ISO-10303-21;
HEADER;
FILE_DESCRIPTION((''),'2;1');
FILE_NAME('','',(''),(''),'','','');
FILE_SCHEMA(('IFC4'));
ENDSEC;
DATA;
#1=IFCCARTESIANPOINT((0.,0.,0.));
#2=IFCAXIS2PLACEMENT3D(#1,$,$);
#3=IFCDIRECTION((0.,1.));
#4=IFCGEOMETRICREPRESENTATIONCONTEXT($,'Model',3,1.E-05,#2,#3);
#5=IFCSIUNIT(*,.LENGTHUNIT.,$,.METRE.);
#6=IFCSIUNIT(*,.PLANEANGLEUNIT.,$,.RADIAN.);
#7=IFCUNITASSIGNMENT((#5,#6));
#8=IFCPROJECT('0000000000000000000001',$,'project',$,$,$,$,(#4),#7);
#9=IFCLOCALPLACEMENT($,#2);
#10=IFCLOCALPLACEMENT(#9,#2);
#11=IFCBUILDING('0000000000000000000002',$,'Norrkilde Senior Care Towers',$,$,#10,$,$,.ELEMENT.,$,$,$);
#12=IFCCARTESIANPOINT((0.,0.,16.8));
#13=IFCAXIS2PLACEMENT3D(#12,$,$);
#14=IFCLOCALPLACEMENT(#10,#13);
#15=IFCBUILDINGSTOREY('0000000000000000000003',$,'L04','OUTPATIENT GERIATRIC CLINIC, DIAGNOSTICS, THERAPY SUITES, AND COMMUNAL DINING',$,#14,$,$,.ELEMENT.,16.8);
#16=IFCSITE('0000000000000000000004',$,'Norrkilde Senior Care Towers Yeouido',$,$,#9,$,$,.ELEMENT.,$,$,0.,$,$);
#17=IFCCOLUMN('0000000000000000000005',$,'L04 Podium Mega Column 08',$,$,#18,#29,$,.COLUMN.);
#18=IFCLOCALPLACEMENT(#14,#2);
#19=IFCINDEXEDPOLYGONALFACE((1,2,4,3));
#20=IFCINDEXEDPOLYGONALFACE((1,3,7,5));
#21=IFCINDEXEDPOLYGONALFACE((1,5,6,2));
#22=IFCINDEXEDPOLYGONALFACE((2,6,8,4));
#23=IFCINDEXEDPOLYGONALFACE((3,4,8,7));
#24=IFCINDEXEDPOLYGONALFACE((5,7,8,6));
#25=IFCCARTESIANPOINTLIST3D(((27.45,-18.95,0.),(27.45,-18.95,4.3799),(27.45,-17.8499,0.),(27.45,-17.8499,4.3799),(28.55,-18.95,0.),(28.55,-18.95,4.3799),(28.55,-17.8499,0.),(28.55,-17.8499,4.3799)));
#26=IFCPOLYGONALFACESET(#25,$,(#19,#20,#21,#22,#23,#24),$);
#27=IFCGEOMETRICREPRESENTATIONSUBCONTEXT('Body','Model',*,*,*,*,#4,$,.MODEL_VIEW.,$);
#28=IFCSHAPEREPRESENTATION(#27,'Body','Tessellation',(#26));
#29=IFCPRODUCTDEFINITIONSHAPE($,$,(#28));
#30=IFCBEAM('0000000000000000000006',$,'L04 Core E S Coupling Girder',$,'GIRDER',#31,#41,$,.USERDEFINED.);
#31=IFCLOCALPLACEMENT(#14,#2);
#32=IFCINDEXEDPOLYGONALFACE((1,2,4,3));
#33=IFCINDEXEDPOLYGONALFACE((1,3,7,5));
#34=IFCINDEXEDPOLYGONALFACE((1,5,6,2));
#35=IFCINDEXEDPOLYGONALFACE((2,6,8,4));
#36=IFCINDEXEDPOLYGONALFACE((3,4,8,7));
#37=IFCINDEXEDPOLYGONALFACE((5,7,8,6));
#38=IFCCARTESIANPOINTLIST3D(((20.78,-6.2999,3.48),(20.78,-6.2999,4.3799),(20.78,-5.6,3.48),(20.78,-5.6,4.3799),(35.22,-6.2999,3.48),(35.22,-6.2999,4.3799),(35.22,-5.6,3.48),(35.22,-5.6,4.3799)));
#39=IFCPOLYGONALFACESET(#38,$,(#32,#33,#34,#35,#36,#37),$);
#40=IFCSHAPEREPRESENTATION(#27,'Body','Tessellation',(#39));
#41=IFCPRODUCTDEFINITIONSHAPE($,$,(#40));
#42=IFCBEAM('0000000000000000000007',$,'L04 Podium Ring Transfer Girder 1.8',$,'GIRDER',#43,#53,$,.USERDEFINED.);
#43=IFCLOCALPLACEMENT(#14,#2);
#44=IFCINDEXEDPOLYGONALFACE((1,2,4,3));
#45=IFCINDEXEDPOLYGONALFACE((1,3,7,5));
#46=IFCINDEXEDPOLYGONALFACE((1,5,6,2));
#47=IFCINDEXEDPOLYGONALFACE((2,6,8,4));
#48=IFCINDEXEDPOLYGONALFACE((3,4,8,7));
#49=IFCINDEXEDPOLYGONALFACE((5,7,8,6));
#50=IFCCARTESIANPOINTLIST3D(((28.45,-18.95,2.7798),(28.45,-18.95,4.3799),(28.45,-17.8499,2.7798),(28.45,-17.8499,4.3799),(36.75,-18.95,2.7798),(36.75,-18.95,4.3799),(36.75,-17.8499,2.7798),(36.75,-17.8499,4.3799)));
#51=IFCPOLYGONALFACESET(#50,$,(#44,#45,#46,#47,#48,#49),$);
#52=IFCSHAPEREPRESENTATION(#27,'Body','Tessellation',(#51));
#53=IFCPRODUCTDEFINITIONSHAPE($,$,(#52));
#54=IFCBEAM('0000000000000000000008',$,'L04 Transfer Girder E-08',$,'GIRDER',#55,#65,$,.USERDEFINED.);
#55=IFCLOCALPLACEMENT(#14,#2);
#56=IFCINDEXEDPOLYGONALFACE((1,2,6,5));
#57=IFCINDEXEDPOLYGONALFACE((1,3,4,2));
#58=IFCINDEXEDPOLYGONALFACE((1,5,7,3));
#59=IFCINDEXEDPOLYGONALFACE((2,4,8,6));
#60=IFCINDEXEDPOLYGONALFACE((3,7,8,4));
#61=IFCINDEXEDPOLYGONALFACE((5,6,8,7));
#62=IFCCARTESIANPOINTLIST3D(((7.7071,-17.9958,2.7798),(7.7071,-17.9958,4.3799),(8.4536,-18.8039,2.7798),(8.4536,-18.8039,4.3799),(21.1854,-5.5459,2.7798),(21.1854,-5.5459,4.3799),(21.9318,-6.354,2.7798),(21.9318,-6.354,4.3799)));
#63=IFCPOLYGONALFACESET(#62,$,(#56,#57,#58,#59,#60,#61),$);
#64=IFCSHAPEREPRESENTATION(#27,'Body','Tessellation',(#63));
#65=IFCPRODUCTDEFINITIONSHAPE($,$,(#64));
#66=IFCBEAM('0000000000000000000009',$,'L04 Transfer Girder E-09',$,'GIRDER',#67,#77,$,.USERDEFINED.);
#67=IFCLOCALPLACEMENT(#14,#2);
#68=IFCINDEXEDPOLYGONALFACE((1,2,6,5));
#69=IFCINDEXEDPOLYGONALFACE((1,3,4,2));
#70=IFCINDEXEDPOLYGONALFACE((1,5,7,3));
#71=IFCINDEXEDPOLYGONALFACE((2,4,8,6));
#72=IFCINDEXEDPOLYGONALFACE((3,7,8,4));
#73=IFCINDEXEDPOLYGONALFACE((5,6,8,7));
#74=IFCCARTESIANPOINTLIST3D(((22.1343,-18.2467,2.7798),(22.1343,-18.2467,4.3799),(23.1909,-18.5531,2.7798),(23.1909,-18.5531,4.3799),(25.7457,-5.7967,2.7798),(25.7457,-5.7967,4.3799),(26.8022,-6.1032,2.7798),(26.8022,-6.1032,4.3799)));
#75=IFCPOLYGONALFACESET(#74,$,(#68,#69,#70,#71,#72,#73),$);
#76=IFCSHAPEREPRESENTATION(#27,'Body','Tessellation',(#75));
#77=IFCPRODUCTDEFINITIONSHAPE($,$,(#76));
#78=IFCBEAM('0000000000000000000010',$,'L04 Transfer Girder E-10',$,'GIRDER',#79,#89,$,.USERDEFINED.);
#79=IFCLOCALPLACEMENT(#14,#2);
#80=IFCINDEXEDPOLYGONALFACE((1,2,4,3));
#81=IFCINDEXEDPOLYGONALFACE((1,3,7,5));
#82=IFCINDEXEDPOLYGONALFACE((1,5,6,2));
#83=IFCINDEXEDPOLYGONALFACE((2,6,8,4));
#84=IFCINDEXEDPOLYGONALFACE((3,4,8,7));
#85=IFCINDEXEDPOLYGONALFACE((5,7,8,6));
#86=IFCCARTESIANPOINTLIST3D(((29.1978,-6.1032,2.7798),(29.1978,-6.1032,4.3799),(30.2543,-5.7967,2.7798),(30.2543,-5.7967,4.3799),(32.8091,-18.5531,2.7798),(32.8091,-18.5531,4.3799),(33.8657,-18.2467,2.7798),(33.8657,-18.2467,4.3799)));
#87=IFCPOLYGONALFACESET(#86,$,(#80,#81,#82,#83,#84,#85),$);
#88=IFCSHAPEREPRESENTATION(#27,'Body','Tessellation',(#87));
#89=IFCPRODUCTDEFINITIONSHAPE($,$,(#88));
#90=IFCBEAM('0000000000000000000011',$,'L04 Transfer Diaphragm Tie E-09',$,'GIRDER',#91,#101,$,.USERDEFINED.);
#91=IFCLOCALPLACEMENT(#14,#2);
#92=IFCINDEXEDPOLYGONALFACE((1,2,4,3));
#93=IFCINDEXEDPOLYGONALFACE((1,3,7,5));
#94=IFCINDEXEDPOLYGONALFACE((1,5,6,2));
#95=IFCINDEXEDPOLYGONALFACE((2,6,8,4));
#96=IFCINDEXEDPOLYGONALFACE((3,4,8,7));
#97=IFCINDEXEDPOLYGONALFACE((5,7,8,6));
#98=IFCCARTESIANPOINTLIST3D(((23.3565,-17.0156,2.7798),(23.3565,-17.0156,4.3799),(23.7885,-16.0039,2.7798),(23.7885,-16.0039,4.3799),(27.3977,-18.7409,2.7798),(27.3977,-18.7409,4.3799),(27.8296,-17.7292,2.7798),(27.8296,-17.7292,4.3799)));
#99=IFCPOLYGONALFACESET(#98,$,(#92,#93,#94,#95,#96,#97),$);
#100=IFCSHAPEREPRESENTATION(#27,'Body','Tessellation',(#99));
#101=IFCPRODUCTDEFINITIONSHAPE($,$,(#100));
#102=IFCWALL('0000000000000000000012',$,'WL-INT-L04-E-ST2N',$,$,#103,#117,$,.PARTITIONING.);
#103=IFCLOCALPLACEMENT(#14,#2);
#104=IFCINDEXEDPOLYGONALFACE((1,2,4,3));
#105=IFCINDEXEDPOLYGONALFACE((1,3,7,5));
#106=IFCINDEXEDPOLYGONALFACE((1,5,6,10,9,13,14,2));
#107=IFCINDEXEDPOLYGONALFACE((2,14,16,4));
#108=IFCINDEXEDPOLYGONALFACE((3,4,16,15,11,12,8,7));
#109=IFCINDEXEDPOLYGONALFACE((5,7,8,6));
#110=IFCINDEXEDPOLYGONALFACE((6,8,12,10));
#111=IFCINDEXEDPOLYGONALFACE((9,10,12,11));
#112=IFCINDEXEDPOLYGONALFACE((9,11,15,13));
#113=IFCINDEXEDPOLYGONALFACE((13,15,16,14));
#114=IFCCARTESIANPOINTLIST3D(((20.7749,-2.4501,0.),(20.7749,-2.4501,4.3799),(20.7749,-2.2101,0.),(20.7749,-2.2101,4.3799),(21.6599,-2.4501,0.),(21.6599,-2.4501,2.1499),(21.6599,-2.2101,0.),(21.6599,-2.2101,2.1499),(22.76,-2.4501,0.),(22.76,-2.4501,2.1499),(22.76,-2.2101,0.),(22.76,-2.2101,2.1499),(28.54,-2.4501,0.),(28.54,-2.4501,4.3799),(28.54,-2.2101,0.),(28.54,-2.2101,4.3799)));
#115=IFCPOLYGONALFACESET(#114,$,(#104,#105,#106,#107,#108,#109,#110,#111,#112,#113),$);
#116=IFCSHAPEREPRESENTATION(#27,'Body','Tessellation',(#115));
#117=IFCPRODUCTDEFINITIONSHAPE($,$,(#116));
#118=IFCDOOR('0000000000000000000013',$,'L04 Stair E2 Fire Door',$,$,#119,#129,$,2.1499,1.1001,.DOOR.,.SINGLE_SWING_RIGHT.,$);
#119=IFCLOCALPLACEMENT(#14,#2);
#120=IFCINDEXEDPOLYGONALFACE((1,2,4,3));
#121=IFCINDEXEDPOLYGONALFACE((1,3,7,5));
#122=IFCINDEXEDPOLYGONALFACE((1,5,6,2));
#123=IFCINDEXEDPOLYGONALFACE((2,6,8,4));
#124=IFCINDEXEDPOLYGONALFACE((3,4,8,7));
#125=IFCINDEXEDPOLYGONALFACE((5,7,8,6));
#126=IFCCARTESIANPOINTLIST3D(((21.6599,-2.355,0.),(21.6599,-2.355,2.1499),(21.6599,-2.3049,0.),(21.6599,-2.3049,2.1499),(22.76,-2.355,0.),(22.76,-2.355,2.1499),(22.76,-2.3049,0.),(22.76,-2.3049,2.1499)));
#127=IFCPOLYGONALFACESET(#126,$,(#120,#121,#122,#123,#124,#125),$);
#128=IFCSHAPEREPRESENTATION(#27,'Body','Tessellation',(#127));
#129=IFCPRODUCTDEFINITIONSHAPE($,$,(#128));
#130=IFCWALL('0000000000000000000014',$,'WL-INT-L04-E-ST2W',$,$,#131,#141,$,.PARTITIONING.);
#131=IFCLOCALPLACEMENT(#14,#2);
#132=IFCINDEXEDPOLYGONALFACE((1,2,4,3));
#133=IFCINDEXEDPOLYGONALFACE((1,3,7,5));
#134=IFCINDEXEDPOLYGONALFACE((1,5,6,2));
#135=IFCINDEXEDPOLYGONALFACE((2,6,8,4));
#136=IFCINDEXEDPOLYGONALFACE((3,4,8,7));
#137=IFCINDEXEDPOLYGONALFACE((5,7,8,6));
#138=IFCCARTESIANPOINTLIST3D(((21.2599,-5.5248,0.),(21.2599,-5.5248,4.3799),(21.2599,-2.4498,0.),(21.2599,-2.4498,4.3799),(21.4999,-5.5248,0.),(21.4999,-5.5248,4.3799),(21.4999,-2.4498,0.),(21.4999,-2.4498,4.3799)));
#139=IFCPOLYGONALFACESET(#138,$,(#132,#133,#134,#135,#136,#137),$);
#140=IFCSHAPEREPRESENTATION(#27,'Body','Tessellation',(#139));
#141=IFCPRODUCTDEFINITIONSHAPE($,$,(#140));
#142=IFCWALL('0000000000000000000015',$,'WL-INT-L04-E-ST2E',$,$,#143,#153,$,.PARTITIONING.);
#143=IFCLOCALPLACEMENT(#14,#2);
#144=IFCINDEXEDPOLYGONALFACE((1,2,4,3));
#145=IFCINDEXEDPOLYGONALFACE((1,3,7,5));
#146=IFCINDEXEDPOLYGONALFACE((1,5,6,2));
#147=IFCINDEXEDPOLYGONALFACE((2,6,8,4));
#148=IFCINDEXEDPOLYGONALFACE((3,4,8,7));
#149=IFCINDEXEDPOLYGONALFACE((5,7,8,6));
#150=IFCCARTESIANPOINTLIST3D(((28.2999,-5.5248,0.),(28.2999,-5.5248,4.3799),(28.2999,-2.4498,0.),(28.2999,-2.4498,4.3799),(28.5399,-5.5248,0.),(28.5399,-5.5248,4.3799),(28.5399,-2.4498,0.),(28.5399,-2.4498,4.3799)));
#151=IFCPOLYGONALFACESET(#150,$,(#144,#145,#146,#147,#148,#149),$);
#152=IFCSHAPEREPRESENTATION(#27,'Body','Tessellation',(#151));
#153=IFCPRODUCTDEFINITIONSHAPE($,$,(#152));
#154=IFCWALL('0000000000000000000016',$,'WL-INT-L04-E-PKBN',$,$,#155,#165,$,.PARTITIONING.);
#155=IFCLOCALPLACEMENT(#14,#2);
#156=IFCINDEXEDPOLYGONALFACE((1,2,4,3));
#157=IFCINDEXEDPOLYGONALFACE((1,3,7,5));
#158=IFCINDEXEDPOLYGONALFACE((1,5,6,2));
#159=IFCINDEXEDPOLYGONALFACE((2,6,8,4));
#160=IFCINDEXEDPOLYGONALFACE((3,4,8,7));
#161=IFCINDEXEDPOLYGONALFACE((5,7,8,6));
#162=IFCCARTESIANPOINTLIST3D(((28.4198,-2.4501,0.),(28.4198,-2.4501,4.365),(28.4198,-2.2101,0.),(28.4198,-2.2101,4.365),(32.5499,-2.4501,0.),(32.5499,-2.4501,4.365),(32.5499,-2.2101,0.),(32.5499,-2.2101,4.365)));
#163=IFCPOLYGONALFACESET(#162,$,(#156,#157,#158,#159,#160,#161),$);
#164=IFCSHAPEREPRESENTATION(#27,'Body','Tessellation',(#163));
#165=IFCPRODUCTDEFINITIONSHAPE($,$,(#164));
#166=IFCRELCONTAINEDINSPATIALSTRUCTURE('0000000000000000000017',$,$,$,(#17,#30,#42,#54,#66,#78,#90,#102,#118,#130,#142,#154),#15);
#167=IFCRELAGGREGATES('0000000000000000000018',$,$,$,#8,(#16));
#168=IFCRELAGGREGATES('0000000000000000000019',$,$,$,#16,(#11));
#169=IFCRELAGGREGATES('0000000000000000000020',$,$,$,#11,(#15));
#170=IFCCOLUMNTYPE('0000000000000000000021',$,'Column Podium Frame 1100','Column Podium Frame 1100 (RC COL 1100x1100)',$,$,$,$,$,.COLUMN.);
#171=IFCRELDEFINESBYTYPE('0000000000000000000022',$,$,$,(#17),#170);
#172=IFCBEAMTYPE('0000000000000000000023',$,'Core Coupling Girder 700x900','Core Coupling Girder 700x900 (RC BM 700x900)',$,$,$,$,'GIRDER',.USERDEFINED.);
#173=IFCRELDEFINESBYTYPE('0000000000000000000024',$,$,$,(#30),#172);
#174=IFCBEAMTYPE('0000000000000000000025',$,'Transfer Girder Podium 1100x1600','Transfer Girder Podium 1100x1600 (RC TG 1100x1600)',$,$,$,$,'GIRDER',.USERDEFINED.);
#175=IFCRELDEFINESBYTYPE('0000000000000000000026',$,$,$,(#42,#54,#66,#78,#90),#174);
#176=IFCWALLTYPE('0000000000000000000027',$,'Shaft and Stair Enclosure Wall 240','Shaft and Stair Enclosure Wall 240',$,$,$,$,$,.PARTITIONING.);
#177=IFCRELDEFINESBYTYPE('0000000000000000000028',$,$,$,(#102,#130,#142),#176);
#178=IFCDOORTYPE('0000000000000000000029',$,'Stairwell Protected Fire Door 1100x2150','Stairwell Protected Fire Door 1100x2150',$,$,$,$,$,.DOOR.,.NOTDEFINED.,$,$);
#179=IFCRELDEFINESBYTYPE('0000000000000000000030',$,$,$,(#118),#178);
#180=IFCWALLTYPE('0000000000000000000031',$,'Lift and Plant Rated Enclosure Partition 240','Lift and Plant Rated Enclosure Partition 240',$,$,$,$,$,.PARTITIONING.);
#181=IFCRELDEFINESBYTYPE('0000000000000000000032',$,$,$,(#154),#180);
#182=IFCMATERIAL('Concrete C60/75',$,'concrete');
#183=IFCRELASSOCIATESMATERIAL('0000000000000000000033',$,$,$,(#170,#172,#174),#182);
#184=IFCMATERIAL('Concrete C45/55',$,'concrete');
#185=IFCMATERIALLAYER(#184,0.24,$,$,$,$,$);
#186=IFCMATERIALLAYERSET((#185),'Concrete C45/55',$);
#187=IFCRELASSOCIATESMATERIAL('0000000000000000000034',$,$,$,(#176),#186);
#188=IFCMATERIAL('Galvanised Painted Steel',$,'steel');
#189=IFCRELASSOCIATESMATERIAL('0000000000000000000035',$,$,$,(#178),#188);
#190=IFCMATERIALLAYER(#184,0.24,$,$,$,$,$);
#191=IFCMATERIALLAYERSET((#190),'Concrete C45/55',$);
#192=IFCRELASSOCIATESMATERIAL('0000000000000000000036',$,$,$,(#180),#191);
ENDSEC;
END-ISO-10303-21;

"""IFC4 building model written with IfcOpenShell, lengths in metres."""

from ifc_helpers import new_model, si_unit, direction, frame, frame_2d, origin, origin_2d, place, context, subcontext, project, spatial, rectangle, extrude, source, transform, mapped, material, layer, layer_set, material_profile, profile_set, type_object, type_shapes, element, fill, save


model = new_model("IFC4")

# Units and contexts
model_context = context("Model", 3, precision=1e-05, world=origin(), true_north=direction((0.0, 1.0)))
body_context = subcontext(model_context, "Body", "Model", "MODEL_VIEW")
ifc_project = project(units=[si_unit("LENGTHUNIT", "METRE"), si_unit("PLANEANGLEUNIT", "RADIAN")], contexts=[model_context])

# Site, building, storey
site_placement = place(None, origin())
site = spatial("IfcSite", under=ifc_project, at=site_placement, Name="Norrkilde Senior Care Towers Yeouido", CompositionType="ELEMENT", RefElevation=0.0)
building_placement = place(site_placement, origin())
building = spatial("IfcBuilding", under=site, at=building_placement, Name="Norrkilde Senior Care Towers", CompositionType="ELEMENT")
storey_placement = place(building_placement, frame((0.0, 0.0, 16.8)))
storey = spatial("IfcBuildingStorey", under=building, at=storey_placement, Name="L04", Description="OUTPATIENT GERIATRIC CLINIC, DIAGNOSTICS, THERAPY SUITES, AND COMMUNAL DINING", CompositionType="ELEMENT", Elevation=16.8)

# Column
ifc_material_1 = material(Name="Concrete C60/75", Category="concrete")
ifc_material_profile_1 = material_profile(ifc_material_1, rectangle(XDim=1.1001, YDim=1.1001, at=origin_2d()), Name="RC COL 1100x1100")
ifc_profile_set_1 = profile_set([ifc_material_profile_1], Name="Concrete C60/75")
column_type = type_object("IfcColumnType", Name="Column Podium Frame 1100", Description="Column Podium Frame 1100 (RC COL 1100x1100)", PredefinedType="COLUMN", material=ifc_profile_set_1)
shared_shape_1 = source(origin(), body_context, "Body", "SweptSolid", [
    extrude(rectangle(XDim=1.1001, YDim=1.1001, at=origin_2d()), origin(), (0.0, 0.0, 1.0), 4.3799),
])
type_shapes(column_type, [shared_shape_1])
column_placement = place(storey_placement, frame((28.0, -18.3999, 0.0), z_axis=(0.0, 0.0, 1.0), x_axis=(1.0, 0.0, 0.0)))
element("IfcColumn", 1, at=column_placement, inside=storey, type_object=column_type, Name="L04 Podium Mega Column 08", PredefinedType="COLUMN", context=body_context, shape_type="MappedRepresentation", body=[
    mapped(shared_shape_1, transform((0.0, 0.0, 0.0), x_axis=(1.0, 0.0, 0.0), y_axis=(0.0, 1.0, 0.0), z_axis=(0.0, 0.0, 1.0), scale=1.0)),
])

# Beams
ifc_material_profile_2 = material_profile(ifc_material_1, rectangle(XDim=0.7, YDim=0.8999, at=origin_2d()), Name="RC BM 700x900")
ifc_profile_set_2 = profile_set([ifc_material_profile_2], Name="Concrete C60/75")
beam_type_1 = type_object("IfcBeamType", Name="Core Coupling Girder 700x900", Description="Core Coupling Girder 700x900 (RC BM 700x900)", ElementType="GIRDER", PredefinedType="USERDEFINED", material=ifc_profile_set_2)
shared_shape_2 = source(origin(), body_context, "Body", "SweptSolid", [
    extrude(rectangle(XDim=0.7, YDim=0.8999, at=origin_2d()), origin(), (0.0, 0.0, 1.0), 14.4399),
])
type_shapes(beam_type_1, [shared_shape_2])
beam_1_placement = place(storey_placement, frame((20.78, -5.95, 3.9299), z_axis=(1.0, 0.0, 0.0), x_axis=(0.0, 1.0, 0.0)))
element("IfcBeam", 2, at=beam_1_placement, inside=storey, type_object=beam_type_1, Name="L04 Core E S Coupling Girder", ObjectType="GIRDER", PredefinedType="USERDEFINED", context=body_context, shape_type="MappedRepresentation", body=[
    mapped(shared_shape_2, transform((0.0, 0.0, 0.0), x_axis=(1.0, 0.0, 0.0), y_axis=(0.0, 1.0, 0.0), z_axis=(0.0, 0.0, 1.0), scale=1.0)),
])
ifc_material_profile_3 = material_profile(ifc_material_1, rectangle(XDim=1.1001, YDim=1.6001, at=origin_2d()), Name="RC TG 1100x1600")
ifc_profile_set_3 = profile_set([ifc_material_profile_3], Name="Concrete C60/75")
beam_type_2 = type_object("IfcBeamType", Name="Transfer Girder Podium 1100x1600", Description="Transfer Girder Podium 1100x1600 (RC TG 1100x1600)", ElementType="GIRDER", PredefinedType="USERDEFINED", material=ifc_profile_set_3)
shared_shape_3 = source(origin(), body_context, "Body", "SweptSolid", [
    extrude(rectangle(XDim=1.1001, YDim=1.6001, at=origin_2d()), origin(), (0.0, 0.0, 1.0), 8.3),
])
beam_2_placement = place(storey_placement, frame((28.45, -18.3999, 3.5798), z_axis=(1.0, 0.0, 0.0), x_axis=(0.0, 1.0, 0.0)))
element("IfcBeam", 3, at=beam_2_placement, inside=storey, type_object=beam_type_2, Name="L04 Podium Ring Transfer Girder 1.8", ObjectType="GIRDER", PredefinedType="USERDEFINED", context=body_context, shape_type="MappedRepresentation", body=[
    mapped(shared_shape_3, transform((0.0, 0.0, 0.0), x_axis=(1.0, 0.0, 0.0), y_axis=(0.0, 1.0, 0.0), z_axis=(0.0, 0.0, 1.0), scale=1.0)),
])
shared_shape_4 = source(origin(), body_context, "Body", "SweptSolid", [
    extrude(rectangle(XDim=1.1001, YDim=1.6001, at=origin_2d()), origin(), (0.0, 0.0, 1.0), 18.3484),
])
beam_3_placement = place(storey_placement, frame((21.5586, -5.95, 3.5798), z_axis=(-0.734573, -0.678529, 0.0), x_axis=(0.678529, -0.734573, 0.0)))
element("IfcBeam", 4, at=beam_3_placement, inside=storey, type_object=beam_type_2, Name="L04 Transfer Girder E-08", ObjectType="GIRDER", PredefinedType="USERDEFINED", context=body_context, shape_type="MappedRepresentation", body=[
    mapped(shared_shape_4, transform((0.0, 0.0, 0.0), x_axis=(1.0, 0.0, 0.0), y_axis=(0.0, 1.0, 0.0), z_axis=(0.0, 0.0, 1.0), scale=1.0)),
])
shared_shape_5 = source(origin(), body_context, "Body", "SweptSolid", [
    extrude(rectangle(XDim=1.1001, YDim=1.6001, at=origin_2d()), origin(), (0.0, 0.0, 1.0), 12.9631),
])
for number, where, z_axis, x_axis, name in (
    (5, (26.2739, -5.95, 3.5798), (-0.278584, -0.960412, 0.0), (0.960412, -0.278584, 0.0), "L04 Transfer Girder E-09"),
    (6, (29.7261, -5.95, 3.5798), (0.278584, -0.960412, 0.0), (0.960412, 0.278584, 0.0), "L04 Transfer Girder E-10"),
):
    element("IfcBeam", number, at=place(storey_placement, frame(where, z_axis=z_axis, x_axis=x_axis)), inside=storey, type_object=beam_type_2, Name=name, ObjectType="GIRDER", PredefinedType="USERDEFINED", context=body_context, shape_type="MappedRepresentation", body=[
        mapped(shared_shape_5, transform((0.0, 0.0, 0.0), x_axis=(1.0, 0.0, 0.0), y_axis=(0.0, 1.0, 0.0), z_axis=(0.0, 0.0, 1.0), scale=1.0)),
    ])
shared_shape_6 = source(origin(), body_context, "Body", "SweptSolid", [
    extrude(rectangle(XDim=1.1001, YDim=1.6001, at=origin_2d()), origin(), (0.0, 0.0, 1.0), 4.394),
])
type_shapes(beam_type_2, [shared_shape_3, shared_shape_4, shared_shape_5, shared_shape_6])
beam_4_placement = place(storey_placement, frame((23.5725, -16.5098, 3.5798), z_axis=(0.91969, -0.392645, 0.0), x_axis=(0.392645, 0.91969, 0.0)))
element("IfcBeam", 7, at=beam_4_placement, inside=storey, type_object=beam_type_2, Name="L04 Transfer Diaphragm Tie E-09", ObjectType="GIRDER", PredefinedType="USERDEFINED", context=body_context, shape_type="MappedRepresentation", body=[
    mapped(shared_shape_6, transform((0.0, 0.0, 0.0), x_axis=(1.0, 0.0, 0.0), y_axis=(0.0, 1.0, 0.0), z_axis=(0.0, 0.0, 1.0), scale=1.0)),
])

# Wall, opening, door
ifc_material_2 = material(Name="Concrete C45/55", Category="concrete")
ifc_layer_1 = layer(ifc_material_2, 0.24)
ifc_layer_set_1 = layer_set([ifc_layer_1], Name="Concrete C45/55")
wall_type_1 = type_object("IfcWallType", Name="Shaft and Stair Enclosure Wall 240", Description="Shaft and Stair Enclosure Wall 240", PredefinedType="PARTITIONING", material=ifc_layer_set_1)
shared_shape_7 = source(origin(), body_context, "Body", "SweptSolid", [
    extrude(rectangle(XDim=7.7651, YDim=0.24, at=frame_2d((3.8826, 0.0))), origin(), (0.0, 0.0, 1.0), 4.3799),
])
wall_1_placement = place(storey_placement, frame((20.7749, -2.3301, 0.0), z_axis=(0.0, 0.0, 1.0), x_axis=(1.0, 0.0, 0.0)))
wall_1 = element("IfcWall", 8, at=wall_1_placement, inside=storey, type_object=wall_type_1, Name="WL-INT-L04-E-ST2N", PredefinedType="PARTITIONING", context=body_context, shape_type="MappedRepresentation", body=[
    mapped(shared_shape_7, transform((0.0, 0.0, 0.0), x_axis=(1.0, 0.0, 0.0), y_axis=(0.0, 1.0, 0.0), z_axis=(0.0, 0.0, 1.0), scale=1.0)),
])
opening_placement = place(wall_1_placement, frame((0.885, 0.0, 0.0)))
opening = element("IfcOpeningElement", 9, at=opening_placement, cuts=wall_1, PredefinedType="OPENING", context=body_context, shape_type="SweptSolid", body=[
    extrude(rectangle(XDim=1.1001, YDim=2.1499, at=frame_2d((0.55, 1.075))), frame((0.0, 0.1299, 0.0), z_axis=(0.0, -1.0, 0.0), x_axis=(1.0, 0.0, 0.0)), (0.0, 0.0, 1.0), 0.26),
])
ifc_material_3 = material(Name="Galvanised Painted Steel", Category="steel")
door_type = type_object("IfcDoorType", Name="Stairwell Protected Fire Door 1100x2150", Description="Stairwell Protected Fire Door 1100x2150", OperationType="NOTDEFINED", PredefinedType="DOOR", material=ifc_material_3)
shared_shape_8 = source(origin(), body_context, "Body", "SweptSolid", [
    extrude(rectangle(XDim=1.1001, YDim=2.1499, at=frame_2d((0.55, 1.075))), frame((0.0, 0.0249, 0.0), z_axis=(0.0, -1.0, 0.0), x_axis=(1.0, 0.0, 0.0)), (0.0, 0.0, 1.0), 0.05),
])
type_shapes(door_type, [shared_shape_8])
door_placement = place(opening_placement, frame((1.1001, 0.0, 0.0), z_axis=(0.0, 0.0, 1.0), x_axis=(-1.0, 0.0, 0.0)))
door = element("IfcDoor", 10, at=door_placement, inside=storey, type_object=door_type, Name="L04 Stair E2 Fire Door", OperationType="SINGLE_SWING_RIGHT", OverallHeight=2.1499, OverallWidth=1.1001, PredefinedType="DOOR", context=body_context, shape_type="MappedRepresentation", body=[
    mapped(shared_shape_8, transform((0.0, 0.0, 0.0), x_axis=(1.0, 0.0, 0.0), y_axis=(0.0, 1.0, 0.0), z_axis=(0.0, 0.0, 1.0), scale=1.0)),
])
fill(opening, door)

# Walls
shared_shape_9 = source(origin(), body_context, "Body", "SweptSolid", [
    extrude(rectangle(XDim=3.075, YDim=0.24, at=frame_2d((1.5376, 0.0))), origin(), (0.0, 0.0, 1.0), 4.3799),
])
type_shapes(wall_type_1, [shared_shape_7, shared_shape_9])
for number, where, z_axis, x_axis, name in (
    (11, (21.3799, -5.5249, 0.0), (0.0, 0.0, 1.0), (0.0, 1.0, 0.0), "WL-INT-L04-E-ST2W"),
    (12, (28.4199, -5.5249, 0.0), (0.0, 0.0, 1.0), (0.0, 1.0, 0.0), "WL-INT-L04-E-ST2E"),
):
    element("IfcWall", number, at=place(storey_placement, frame(where, z_axis=z_axis, x_axis=x_axis)), inside=storey, type_object=wall_type_1, Name=name, PredefinedType="PARTITIONING", context=body_context, shape_type="MappedRepresentation", body=[
        mapped(shared_shape_9, transform((0.0, 0.0, 0.0), x_axis=(1.0, 0.0, 0.0), y_axis=(0.0, 1.0, 0.0), z_axis=(0.0, 0.0, 1.0), scale=1.0)),
    ])
ifc_layer_2 = layer(ifc_material_2, 0.24)
ifc_layer_set_2 = layer_set([ifc_layer_2], Name="Concrete C45/55")
wall_type_2 = type_object("IfcWallType", Name="Lift and Plant Rated Enclosure Partition 240", Description="Lift and Plant Rated Enclosure Partition 240", PredefinedType="PARTITIONING", material=ifc_layer_set_2)
shared_shape_10 = source(origin(), body_context, "Body", "SweptSolid", [
    extrude(rectangle(XDim=4.1301, YDim=0.24, at=frame_2d((2.0649, 0.0))), origin(), (0.0, 0.0, 1.0), 4.365),
])
type_shapes(wall_type_2, [shared_shape_10])
wall_2_placement = place(storey_placement, frame((28.4199, -2.3301, 0.0), z_axis=(0.0, 0.0, 1.0), x_axis=(1.0, 0.0, 0.0)))
element("IfcWall", 13, at=wall_2_placement, inside=storey, type_object=wall_type_2, Name="WL-INT-L04-E-PKBN", PredefinedType="PARTITIONING", context=body_context, shape_type="MappedRepresentation", body=[
    mapped(shared_shape_10, transform((0.0, 0.0, 0.0), x_axis=(1.0, 0.0, 0.0), y_axis=(0.0, 1.0, 0.0), z_axis=(0.0, 0.0, 1.0), scale=1.0)),
])

save(model, "model.ifc")
